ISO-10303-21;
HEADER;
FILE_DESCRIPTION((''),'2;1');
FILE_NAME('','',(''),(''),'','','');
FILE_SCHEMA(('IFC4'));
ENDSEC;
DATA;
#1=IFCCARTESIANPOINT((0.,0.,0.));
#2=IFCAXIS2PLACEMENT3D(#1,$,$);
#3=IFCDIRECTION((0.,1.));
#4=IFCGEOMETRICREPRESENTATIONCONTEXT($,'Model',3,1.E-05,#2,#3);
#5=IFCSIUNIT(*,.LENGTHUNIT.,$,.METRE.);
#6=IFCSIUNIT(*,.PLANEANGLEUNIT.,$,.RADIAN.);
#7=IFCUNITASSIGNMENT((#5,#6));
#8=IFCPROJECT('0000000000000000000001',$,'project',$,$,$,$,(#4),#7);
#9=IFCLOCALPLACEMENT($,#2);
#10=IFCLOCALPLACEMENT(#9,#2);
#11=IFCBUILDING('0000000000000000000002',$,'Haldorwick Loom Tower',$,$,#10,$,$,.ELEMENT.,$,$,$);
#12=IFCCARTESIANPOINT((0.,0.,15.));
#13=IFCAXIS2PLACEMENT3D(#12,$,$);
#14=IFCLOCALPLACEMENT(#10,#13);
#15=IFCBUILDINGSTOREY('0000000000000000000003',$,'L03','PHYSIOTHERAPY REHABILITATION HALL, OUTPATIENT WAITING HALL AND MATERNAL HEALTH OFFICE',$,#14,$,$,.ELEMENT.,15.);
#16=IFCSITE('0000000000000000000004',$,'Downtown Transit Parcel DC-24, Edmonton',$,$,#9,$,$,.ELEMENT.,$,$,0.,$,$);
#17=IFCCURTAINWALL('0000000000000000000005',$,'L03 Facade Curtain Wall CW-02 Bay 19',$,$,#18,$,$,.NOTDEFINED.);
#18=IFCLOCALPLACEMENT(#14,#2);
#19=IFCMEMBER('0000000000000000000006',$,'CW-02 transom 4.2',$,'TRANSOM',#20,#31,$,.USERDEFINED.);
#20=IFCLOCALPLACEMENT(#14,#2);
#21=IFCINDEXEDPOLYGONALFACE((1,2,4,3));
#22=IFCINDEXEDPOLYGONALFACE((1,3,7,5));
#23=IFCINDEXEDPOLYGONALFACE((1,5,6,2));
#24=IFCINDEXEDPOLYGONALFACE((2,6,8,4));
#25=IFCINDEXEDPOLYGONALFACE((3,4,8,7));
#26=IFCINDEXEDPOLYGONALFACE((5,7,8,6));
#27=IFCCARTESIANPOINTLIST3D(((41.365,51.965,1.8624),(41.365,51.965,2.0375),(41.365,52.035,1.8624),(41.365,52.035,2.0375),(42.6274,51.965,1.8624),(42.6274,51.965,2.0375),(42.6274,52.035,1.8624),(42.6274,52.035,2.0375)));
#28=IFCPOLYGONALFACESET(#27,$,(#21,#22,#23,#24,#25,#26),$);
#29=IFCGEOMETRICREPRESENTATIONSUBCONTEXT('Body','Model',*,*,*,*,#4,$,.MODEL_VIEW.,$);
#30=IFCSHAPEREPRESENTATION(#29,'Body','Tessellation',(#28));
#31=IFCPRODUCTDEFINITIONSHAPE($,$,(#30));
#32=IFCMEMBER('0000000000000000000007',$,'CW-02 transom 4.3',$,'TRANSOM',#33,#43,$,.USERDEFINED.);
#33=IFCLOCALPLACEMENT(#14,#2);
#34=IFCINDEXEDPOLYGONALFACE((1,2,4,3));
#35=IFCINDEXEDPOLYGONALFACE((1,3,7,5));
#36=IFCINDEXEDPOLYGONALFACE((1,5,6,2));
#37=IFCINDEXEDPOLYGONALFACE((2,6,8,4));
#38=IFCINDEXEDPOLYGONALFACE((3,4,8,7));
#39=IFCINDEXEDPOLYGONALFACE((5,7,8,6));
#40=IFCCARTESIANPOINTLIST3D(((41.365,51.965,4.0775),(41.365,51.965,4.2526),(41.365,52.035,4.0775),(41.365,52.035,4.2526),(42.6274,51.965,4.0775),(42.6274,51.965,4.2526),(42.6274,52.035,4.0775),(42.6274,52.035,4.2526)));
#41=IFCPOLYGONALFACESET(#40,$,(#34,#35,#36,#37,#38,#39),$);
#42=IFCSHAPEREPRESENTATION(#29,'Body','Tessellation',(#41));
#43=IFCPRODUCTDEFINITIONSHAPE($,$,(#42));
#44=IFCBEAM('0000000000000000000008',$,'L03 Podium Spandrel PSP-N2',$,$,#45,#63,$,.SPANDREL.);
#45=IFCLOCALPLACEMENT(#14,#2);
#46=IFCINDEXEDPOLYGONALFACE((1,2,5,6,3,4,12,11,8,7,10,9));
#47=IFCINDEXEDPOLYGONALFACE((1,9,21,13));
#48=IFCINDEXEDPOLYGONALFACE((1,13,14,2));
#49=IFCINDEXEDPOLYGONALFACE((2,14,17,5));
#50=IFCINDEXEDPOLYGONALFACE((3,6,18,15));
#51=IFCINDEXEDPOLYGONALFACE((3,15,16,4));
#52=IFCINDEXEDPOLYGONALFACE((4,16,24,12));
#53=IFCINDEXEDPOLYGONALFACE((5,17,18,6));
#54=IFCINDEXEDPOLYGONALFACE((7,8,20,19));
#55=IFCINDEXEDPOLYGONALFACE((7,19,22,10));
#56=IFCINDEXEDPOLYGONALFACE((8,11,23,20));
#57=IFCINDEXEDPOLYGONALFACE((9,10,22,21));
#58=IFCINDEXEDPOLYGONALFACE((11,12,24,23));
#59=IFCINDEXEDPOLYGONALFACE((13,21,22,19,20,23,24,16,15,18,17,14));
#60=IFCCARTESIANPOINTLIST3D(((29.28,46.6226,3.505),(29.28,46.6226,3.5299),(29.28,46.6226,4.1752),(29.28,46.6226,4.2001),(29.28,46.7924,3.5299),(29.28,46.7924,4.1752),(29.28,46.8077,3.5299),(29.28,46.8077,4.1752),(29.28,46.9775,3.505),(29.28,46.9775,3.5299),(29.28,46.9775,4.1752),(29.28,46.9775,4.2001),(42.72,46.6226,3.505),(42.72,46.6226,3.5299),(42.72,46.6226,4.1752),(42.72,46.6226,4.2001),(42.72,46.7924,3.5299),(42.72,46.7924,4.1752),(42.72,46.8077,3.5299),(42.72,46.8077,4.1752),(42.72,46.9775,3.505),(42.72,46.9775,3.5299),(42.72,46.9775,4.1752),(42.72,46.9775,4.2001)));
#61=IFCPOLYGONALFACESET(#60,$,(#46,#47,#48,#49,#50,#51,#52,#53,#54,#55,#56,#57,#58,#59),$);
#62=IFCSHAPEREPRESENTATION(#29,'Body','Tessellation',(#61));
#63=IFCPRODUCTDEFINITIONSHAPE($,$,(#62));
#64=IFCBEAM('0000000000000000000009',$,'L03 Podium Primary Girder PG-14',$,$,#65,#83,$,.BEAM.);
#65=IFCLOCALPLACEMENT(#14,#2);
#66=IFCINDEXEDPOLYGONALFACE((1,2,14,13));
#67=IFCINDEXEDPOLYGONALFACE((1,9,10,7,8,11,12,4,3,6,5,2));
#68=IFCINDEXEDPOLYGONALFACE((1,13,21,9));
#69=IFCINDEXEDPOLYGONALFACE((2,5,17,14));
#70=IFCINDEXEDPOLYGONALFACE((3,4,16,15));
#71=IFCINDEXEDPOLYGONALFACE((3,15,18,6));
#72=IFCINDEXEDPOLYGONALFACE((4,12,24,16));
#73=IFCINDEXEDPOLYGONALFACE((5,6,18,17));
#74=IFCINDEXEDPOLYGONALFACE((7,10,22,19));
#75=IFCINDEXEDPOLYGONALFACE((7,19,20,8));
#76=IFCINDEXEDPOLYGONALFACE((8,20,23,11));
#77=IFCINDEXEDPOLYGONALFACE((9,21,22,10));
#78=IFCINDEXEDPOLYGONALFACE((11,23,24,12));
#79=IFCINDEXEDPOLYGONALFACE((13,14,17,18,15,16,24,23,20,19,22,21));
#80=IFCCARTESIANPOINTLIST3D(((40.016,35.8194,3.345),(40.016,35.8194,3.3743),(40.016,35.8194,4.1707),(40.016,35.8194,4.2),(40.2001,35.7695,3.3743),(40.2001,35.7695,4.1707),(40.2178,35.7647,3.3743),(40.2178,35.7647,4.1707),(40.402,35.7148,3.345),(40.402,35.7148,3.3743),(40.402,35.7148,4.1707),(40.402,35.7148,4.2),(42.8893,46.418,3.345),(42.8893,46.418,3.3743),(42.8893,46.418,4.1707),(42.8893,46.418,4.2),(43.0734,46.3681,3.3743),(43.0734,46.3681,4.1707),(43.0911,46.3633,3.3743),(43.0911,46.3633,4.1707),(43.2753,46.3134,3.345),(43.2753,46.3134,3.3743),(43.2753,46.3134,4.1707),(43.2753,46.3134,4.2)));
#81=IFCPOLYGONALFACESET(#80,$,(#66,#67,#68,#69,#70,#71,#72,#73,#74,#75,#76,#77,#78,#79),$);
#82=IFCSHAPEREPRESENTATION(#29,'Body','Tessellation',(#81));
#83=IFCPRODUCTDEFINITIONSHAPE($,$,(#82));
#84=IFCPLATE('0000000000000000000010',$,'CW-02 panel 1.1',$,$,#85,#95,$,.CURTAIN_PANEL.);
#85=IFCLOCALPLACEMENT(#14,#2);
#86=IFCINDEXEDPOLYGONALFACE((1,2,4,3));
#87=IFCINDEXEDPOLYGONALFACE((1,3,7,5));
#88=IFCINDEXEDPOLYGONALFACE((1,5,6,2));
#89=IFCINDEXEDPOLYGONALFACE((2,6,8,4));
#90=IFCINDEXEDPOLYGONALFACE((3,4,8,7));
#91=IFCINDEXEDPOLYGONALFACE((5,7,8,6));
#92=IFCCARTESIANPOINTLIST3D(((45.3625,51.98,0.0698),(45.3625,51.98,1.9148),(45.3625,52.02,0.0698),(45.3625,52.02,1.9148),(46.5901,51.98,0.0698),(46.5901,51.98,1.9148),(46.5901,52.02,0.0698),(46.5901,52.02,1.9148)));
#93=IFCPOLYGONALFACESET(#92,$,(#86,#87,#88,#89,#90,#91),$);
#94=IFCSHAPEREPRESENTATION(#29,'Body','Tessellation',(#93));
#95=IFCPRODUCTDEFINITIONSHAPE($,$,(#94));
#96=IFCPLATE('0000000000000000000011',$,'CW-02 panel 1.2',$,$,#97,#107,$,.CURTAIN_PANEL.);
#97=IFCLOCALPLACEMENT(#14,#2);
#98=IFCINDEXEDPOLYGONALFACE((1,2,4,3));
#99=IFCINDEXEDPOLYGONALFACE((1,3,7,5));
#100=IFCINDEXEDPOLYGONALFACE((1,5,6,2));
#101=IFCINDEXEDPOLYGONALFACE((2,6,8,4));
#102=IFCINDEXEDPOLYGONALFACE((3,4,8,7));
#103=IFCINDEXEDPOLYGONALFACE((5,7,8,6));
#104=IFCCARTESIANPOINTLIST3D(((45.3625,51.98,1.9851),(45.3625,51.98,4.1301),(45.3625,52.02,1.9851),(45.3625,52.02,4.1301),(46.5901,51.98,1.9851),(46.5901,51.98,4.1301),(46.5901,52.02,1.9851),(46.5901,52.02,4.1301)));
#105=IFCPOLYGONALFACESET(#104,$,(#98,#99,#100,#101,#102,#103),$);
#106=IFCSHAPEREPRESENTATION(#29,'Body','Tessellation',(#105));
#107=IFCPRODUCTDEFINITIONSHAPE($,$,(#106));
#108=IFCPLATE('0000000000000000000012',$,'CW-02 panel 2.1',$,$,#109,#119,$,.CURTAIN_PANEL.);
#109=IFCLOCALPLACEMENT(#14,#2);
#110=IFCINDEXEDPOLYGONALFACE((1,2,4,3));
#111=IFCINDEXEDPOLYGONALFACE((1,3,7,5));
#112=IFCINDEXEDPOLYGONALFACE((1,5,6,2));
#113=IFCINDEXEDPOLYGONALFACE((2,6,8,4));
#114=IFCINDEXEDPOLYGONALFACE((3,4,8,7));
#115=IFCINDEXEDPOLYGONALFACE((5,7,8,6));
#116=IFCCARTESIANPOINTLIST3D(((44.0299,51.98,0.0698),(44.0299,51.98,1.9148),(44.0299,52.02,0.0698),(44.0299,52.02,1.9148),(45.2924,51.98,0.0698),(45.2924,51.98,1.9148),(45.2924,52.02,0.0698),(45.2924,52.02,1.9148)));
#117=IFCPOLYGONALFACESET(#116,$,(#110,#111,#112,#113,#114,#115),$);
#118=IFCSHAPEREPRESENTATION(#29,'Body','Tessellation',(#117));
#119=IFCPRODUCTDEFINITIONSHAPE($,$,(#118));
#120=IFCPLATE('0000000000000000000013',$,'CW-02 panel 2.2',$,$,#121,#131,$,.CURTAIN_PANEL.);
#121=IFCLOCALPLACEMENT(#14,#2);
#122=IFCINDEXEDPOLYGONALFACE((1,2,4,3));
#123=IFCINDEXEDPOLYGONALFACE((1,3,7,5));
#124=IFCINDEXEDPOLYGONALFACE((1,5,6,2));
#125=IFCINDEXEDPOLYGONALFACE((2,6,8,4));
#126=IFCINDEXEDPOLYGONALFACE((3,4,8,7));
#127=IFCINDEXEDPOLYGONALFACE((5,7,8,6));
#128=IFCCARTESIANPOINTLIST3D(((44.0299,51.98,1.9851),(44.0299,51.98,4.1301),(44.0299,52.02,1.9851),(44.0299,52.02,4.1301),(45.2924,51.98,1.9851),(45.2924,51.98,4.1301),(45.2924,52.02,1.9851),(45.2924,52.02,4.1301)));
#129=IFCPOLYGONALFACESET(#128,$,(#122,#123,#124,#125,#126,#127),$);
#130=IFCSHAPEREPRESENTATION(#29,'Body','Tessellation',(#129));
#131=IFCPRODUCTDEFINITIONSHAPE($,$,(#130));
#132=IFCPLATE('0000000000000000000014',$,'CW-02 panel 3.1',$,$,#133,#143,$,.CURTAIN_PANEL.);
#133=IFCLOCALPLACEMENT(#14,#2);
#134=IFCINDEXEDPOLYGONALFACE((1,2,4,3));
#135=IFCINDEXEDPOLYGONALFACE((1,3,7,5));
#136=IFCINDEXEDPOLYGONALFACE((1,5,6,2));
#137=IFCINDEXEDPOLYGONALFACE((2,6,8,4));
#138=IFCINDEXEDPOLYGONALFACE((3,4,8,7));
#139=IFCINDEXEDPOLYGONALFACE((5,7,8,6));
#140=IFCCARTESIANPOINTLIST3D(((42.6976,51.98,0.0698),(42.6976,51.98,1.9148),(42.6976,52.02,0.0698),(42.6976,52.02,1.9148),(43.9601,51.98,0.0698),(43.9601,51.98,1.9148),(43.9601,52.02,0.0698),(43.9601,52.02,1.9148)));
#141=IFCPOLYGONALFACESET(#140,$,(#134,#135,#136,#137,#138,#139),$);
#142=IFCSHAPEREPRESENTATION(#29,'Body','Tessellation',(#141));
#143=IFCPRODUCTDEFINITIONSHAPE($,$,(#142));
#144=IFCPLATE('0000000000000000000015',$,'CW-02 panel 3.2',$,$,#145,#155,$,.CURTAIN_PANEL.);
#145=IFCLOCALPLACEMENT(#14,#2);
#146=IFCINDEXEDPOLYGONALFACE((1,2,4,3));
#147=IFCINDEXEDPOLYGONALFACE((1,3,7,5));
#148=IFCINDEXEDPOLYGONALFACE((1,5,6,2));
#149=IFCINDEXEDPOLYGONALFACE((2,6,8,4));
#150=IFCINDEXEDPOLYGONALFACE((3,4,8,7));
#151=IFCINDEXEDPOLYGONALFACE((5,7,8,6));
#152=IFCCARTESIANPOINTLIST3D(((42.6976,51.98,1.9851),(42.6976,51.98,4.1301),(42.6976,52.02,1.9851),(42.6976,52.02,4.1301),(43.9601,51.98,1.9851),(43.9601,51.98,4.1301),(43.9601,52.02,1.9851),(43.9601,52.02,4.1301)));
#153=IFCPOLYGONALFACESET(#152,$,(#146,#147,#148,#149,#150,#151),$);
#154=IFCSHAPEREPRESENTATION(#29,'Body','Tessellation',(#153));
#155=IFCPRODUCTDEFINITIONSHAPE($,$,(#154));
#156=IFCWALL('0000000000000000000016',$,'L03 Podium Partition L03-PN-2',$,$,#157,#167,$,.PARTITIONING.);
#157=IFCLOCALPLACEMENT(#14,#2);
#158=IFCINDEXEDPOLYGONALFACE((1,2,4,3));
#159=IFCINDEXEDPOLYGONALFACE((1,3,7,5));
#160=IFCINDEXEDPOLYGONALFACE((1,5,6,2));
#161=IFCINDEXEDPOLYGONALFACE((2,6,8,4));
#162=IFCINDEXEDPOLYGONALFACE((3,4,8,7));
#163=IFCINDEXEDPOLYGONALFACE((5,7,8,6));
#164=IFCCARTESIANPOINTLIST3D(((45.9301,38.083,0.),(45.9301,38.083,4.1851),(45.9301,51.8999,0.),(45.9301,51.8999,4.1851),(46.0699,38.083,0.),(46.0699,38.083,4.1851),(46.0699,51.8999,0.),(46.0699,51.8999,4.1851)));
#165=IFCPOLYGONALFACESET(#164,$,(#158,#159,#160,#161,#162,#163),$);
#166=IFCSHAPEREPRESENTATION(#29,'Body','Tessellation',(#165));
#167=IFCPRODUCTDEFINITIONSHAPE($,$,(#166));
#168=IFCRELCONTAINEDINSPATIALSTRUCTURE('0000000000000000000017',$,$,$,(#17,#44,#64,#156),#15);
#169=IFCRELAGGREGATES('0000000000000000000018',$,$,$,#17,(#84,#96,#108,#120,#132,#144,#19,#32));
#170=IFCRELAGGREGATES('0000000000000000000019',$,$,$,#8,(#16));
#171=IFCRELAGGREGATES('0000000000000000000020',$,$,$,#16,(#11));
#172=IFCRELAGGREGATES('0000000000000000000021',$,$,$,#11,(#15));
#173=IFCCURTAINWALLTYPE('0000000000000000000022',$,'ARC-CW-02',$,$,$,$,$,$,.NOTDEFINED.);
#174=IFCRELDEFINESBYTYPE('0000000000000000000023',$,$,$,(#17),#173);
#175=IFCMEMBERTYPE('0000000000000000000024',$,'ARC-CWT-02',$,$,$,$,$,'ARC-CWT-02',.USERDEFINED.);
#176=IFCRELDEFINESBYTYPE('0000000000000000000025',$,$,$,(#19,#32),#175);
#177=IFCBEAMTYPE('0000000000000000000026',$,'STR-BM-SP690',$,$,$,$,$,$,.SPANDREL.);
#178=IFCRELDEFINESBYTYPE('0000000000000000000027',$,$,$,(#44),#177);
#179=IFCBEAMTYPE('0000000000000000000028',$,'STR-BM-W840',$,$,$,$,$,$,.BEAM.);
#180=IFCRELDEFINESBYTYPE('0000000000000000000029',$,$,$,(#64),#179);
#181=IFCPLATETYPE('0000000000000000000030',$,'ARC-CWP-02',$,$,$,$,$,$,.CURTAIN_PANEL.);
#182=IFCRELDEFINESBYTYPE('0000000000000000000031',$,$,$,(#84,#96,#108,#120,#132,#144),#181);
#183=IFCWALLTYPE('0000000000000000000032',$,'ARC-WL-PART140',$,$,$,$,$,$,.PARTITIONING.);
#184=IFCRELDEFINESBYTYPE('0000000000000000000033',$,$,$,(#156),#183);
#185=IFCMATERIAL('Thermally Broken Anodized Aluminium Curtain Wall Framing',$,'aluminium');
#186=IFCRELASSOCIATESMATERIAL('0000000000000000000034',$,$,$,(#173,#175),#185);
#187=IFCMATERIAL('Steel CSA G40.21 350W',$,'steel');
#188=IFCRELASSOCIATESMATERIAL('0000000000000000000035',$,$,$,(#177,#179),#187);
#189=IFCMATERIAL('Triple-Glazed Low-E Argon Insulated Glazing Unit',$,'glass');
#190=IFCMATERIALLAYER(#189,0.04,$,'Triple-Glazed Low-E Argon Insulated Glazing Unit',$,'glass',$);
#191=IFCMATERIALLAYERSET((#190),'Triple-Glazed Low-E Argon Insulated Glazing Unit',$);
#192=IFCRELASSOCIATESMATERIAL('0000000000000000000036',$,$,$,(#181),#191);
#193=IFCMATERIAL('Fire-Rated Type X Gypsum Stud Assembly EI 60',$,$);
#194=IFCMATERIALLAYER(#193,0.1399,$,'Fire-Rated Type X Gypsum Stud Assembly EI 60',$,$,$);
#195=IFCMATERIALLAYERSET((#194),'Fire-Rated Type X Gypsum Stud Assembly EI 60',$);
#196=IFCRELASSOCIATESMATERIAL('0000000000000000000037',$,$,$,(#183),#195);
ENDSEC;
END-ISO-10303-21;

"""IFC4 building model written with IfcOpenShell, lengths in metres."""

from ifc_helpers import new_model, si_unit, direction, frame, frame_2d, origin, origin_2d, place, context, subcontext, project, spatial, rectangle, i_section, extrude, material, layer, layer_set, material_profile, profile_set, type_object, element, aggregate, save


model = new_model("IFC4")

# Units and contexts
model_context = context("Model", 3, precision=1e-05, world=origin(), true_north=direction((0.0, 1.0)))
body_context = subcontext(model_context, "Body", "Model", "MODEL_VIEW")
ifc_project = project(units=[si_unit("LENGTHUNIT", "METRE"), si_unit("PLANEANGLEUNIT", "RADIAN")], contexts=[model_context])

# Site, building, storey
site_placement = place(None, origin())
site = spatial("IfcSite", under=ifc_project, at=site_placement, Name="Downtown Transit Parcel DC-24, Edmonton", CompositionType="ELEMENT", RefElevation=0.0)
building_placement = place(site_placement, origin())
building = spatial("IfcBuilding", under=site, at=building_placement, Name="Haldorwick Loom Tower", CompositionType="ELEMENT")
storey_placement = place(building_placement, frame((0.0, 0.0, 15.0)))
storey = spatial("IfcBuildingStorey", under=building, at=storey_placement, Name="L03", Description="PHYSIOTHERAPY REHABILITATION HALL, OUTPATIENT WAITING HALL AND MATERNAL HEALTH OFFICE", CompositionType="ELEMENT", Elevation=15.0)

# Curtain wall, members
ifc_material_1 = material(Name="Thermally Broken Anodized Aluminium Curtain Wall Framing", Category="aluminium")
curtain_wall_type = type_object("IfcCurtainWallType", Name="ARC-CW-02", PredefinedType="NOTDEFINED", material=ifc_material_1)
curtain_wall_placement = place(storey_placement, origin())
curtain_wall = element("IfcCurtainWall", 1, at=curtain_wall_placement, inside=storey, type_object=curtain_wall_type, Name="L03 Facade Curtain Wall CW-02 Bay 19", PredefinedType="NOTDEFINED")
ifc_material_profile_1 = material_profile(ifc_material_1, rectangle(XDim=0.0701, YDim=0.175, at=origin_2d()), Name="ALU_TRN_70X175", Category="aluminium")
ifc_profile_set_1 = profile_set([ifc_material_profile_1], Name="Thermally Broken Anodized Aluminium Curtain Wall Framing")
member_type_1 = type_object("IfcMemberType", Name="ARC-CWT-02", ElementType="ARC-CWT-02", PredefinedType="USERDEFINED", material=ifc_profile_set_1)
member_1_placement = place(storey_placement, frame((42.6274, 52.0, 1.95), z_axis=(-1.0, 0.0, 0.0), x_axis=(0.0, -1.0, 0.0)))
member_1 = element("IfcMember", 2, at=member_1_placement, type_object=member_type_1, Name="CW-02 transom 4.2", ObjectType="TRANSOM", PredefinedType="USERDEFINED", context=body_context, shape_type="SweptSolid", body=[
    extrude(rectangle(XDim=0.0701, YDim=0.175, at=origin_2d()), origin(), (0.0, 0.0, 1.0), 1.2625),
])
member_2_placement = place(storey_placement, frame((42.6274, 52.0, 4.165), z_axis=(-1.0, 0.0, 0.0), x_axis=(0.0, -1.0, 0.0)))
member_2 = element("IfcMember", 3, at=member_2_placement, type_object=member_type_1, Name="CW-02 transom 4.3", ObjectType="TRANSOM", PredefinedType="USERDEFINED", context=body_context, shape_type="SweptSolid", body=[
    extrude(rectangle(XDim=0.0701, YDim=0.175, at=origin_2d()), origin(), (0.0, 0.0, 1.0), 1.2625),
])

# Beams
ifc_material_2 = material(Name="Steel CSA G40.21 350W", Category="steel")
ifc_material_profile_2 = material_profile(ifc_material_2, i_section(OverallWidth=0.355, OverallDepth=0.6951, WebThickness=0.0154, FlangeThickness=0.0249, at=origin_2d()), Name="W690X217", Category="steel")
ifc_profile_set_2 = profile_set([ifc_material_profile_2], Name="Steel CSA G40.21 350W")
beam_type_1 = type_object("IfcBeamType", Name="STR-BM-SP690", PredefinedType="SPANDREL", material=ifc_profile_set_2)
beam_1_placement = place(storey_placement, frame((42.72, 46.8, 3.8525), z_axis=(-1.0, 0.0, 0.0), x_axis=(0.0, -1.0, 0.0)))
element("IfcBeam", 4, at=beam_1_placement, inside=storey, type_object=beam_type_1, Name="L03 Podium Spandrel PSP-N2", PredefinedType="SPANDREL", context=body_context, shape_type="SweptSolid", body=[
    extrude(i_section(OverallWidth=0.355, OverallDepth=0.6951, WebThickness=0.0154, FlangeThickness=0.0249, at=origin_2d()), origin(), (0.0, 0.0, 1.0), 13.4399),
])
ifc_material_profile_3 = material_profile(ifc_material_2, i_section(OverallWidth=0.3999, OverallDepth=0.855, WebThickness=0.0183, FlangeThickness=0.0293, at=origin_2d()), Name="W840X299", Category="steel")
ifc_profile_set_3 = profile_set([ifc_material_profile_3], Name="Steel CSA G40.21 350W")
beam_type_2 = type_object("IfcBeamType", Name="STR-BM-W840", PredefinedType="BEAM", material=ifc_profile_set_3)
beam_2_placement = place(storey_placement, frame((43.0823, 46.3657, 3.7725), z_axis=(-0.261655, -0.965161, 0.0), x_axis=(0.965161, -0.261655, 0.0)))
element("IfcBeam", 5, at=beam_2_placement, inside=storey, type_object=beam_type_2, Name="L03 Podium Primary Girder PG-14", PredefinedType="BEAM", context=body_context, shape_type="SweptSolid", body=[
    extrude(i_section(OverallWidth=0.3999, OverallDepth=0.855, WebThickness=0.0183, FlangeThickness=0.0293, at=origin_2d()), origin(), (0.0, 0.0, 1.0), 10.9812),
])

# Plates
ifc_material_3 = material(Name="Triple-Glazed Low-E Argon Insulated Glazing Unit", Category="glass")
ifc_layer_1 = layer(ifc_material_3, 0.04, Name="Triple-Glazed Low-E Argon Insulated Glazing Unit", Category="glass")
ifc_layer_set_1 = layer_set([ifc_layer_1], Name="Triple-Glazed Low-E Argon Insulated Glazing Unit")
plate_type = type_object("IfcPlateType", Name="ARC-CWP-02", PredefinedType="CURTAIN_PANEL", material=ifc_layer_set_1)
plate_1_placement = place(storey_placement, frame((45.9763, 52.0, 0.0698), z_axis=(0.0, 0.0, 1.0), x_axis=(-1.0, 0.0, 0.0)))
plate_1 = element("IfcPlate", 6, at=plate_1_placement, type_object=plate_type, Name="CW-02 panel 1.1", PredefinedType="CURTAIN_PANEL", context=body_context, shape_type="SweptSolid", body=[
    extrude(rectangle(XDim=1.2275, YDim=0.04, at=origin_2d()), origin(), (0.0, 0.0, 1.0), 1.845),
])
plate_2_placement = place(storey_placement, frame((45.9763, 52.0, 1.9851), z_axis=(0.0, 0.0, 1.0), x_axis=(-1.0, 0.0, 0.0)))
plate_2 = element("IfcPlate", 7, at=plate_2_placement, type_object=plate_type, Name="CW-02 panel 1.2", PredefinedType="CURTAIN_PANEL", context=body_context, shape_type="SweptSolid", body=[
    extrude(rectangle(XDim=1.2275, YDim=0.04, at=origin_2d()), origin(), (0.0, 0.0, 1.0), 2.145),
])
plate_3_placement = place(storey_placement, frame((44.6611, 52.0, 0.0698), z_axis=(0.0, 0.0, 1.0), x_axis=(-1.0, 0.0, 0.0)))
plate_3 = element("IfcPlate", 8, at=plate_3_placement, type_object=plate_type, Name="CW-02 panel 2.1", PredefinedType="CURTAIN_PANEL", context=body_context, shape_type="SweptSolid", body=[
    extrude(rectangle(XDim=1.2625, YDim=0.04, at=origin_2d()), origin(), (0.0, 0.0, 1.0), 1.845),
])
plate_4_placement = place(storey_placement, frame((44.6611, 52.0, 1.9851), z_axis=(0.0, 0.0, 1.0), x_axis=(-1.0, 0.0, 0.0)))
plate_4 = element("IfcPlate", 9, at=plate_4_placement, type_object=plate_type, Name="CW-02 panel 2.2", PredefinedType="CURTAIN_PANEL", context=body_context, shape_type="SweptSolid", body=[
    extrude(rectangle(XDim=1.2625, YDim=0.04, at=origin_2d()), origin(), (0.0, 0.0, 1.0), 2.145),
])
plate_5_placement = place(storey_placement, frame((43.3289, 52.0, 0.0698), z_axis=(0.0, 0.0, 1.0), x_axis=(-1.0, 0.0, 0.0)))
plate_5 = element("IfcPlate", 10, at=plate_5_placement, type_object=plate_type, Name="CW-02 panel 3.1", PredefinedType="CURTAIN_PANEL", context=body_context, shape_type="SweptSolid", body=[
    extrude(rectangle(XDim=1.2625, YDim=0.04, at=origin_2d()), origin(), (0.0, 0.0, 1.0), 1.845),
])
plate_6_placement = place(storey_placement, frame((43.3289, 52.0, 1.9851), z_axis=(0.0, 0.0, 1.0), x_axis=(-1.0, 0.0, 0.0)))
plate_6 = element("IfcPlate", 11, at=plate_6_placement, type_object=plate_type, Name="CW-02 panel 3.2", PredefinedType="CURTAIN_PANEL", context=body_context, shape_type="SweptSolid", body=[
    extrude(rectangle(XDim=1.2625, YDim=0.04, at=origin_2d()), origin(), (0.0, 0.0, 1.0), 2.145),
])
aggregate(curtain_wall, [plate_1, plate_2, plate_3, plate_4, plate_5, plate_6, member_1, member_2])

# Wall
ifc_material_4 = material(Name="Fire-Rated Type X Gypsum Stud Assembly EI 60")
ifc_layer_2 = layer(ifc_material_4, 0.1399, Name="Fire-Rated Type X Gypsum Stud Assembly EI 60")
ifc_layer_set_2 = layer_set([ifc_layer_2], Name="Fire-Rated Type X Gypsum Stud Assembly EI 60")
wall_type = type_object("IfcWallType", Name="ARC-WL-PART140", PredefinedType="PARTITIONING", material=ifc_layer_set_2)
wall_placement = place(storey_placement, frame((46.0, 38.083, 0.0), z_axis=(0.0, 0.0, 1.0), x_axis=(0.0, 1.0, 0.0)))
element("IfcWall", 12, at=wall_placement, inside=storey, type_object=wall_type, Name="L03 Podium Partition L03-PN-2", PredefinedType="PARTITIONING", context=body_context, shape_type="SweptSolid", body=[
    extrude(rectangle(XDim=13.8169, YDim=0.1399, at=frame_2d((6.9084, 0.0))), origin(), (0.0, 0.0, 1.0), 4.1851),
])

save(model, "model.ifc")
